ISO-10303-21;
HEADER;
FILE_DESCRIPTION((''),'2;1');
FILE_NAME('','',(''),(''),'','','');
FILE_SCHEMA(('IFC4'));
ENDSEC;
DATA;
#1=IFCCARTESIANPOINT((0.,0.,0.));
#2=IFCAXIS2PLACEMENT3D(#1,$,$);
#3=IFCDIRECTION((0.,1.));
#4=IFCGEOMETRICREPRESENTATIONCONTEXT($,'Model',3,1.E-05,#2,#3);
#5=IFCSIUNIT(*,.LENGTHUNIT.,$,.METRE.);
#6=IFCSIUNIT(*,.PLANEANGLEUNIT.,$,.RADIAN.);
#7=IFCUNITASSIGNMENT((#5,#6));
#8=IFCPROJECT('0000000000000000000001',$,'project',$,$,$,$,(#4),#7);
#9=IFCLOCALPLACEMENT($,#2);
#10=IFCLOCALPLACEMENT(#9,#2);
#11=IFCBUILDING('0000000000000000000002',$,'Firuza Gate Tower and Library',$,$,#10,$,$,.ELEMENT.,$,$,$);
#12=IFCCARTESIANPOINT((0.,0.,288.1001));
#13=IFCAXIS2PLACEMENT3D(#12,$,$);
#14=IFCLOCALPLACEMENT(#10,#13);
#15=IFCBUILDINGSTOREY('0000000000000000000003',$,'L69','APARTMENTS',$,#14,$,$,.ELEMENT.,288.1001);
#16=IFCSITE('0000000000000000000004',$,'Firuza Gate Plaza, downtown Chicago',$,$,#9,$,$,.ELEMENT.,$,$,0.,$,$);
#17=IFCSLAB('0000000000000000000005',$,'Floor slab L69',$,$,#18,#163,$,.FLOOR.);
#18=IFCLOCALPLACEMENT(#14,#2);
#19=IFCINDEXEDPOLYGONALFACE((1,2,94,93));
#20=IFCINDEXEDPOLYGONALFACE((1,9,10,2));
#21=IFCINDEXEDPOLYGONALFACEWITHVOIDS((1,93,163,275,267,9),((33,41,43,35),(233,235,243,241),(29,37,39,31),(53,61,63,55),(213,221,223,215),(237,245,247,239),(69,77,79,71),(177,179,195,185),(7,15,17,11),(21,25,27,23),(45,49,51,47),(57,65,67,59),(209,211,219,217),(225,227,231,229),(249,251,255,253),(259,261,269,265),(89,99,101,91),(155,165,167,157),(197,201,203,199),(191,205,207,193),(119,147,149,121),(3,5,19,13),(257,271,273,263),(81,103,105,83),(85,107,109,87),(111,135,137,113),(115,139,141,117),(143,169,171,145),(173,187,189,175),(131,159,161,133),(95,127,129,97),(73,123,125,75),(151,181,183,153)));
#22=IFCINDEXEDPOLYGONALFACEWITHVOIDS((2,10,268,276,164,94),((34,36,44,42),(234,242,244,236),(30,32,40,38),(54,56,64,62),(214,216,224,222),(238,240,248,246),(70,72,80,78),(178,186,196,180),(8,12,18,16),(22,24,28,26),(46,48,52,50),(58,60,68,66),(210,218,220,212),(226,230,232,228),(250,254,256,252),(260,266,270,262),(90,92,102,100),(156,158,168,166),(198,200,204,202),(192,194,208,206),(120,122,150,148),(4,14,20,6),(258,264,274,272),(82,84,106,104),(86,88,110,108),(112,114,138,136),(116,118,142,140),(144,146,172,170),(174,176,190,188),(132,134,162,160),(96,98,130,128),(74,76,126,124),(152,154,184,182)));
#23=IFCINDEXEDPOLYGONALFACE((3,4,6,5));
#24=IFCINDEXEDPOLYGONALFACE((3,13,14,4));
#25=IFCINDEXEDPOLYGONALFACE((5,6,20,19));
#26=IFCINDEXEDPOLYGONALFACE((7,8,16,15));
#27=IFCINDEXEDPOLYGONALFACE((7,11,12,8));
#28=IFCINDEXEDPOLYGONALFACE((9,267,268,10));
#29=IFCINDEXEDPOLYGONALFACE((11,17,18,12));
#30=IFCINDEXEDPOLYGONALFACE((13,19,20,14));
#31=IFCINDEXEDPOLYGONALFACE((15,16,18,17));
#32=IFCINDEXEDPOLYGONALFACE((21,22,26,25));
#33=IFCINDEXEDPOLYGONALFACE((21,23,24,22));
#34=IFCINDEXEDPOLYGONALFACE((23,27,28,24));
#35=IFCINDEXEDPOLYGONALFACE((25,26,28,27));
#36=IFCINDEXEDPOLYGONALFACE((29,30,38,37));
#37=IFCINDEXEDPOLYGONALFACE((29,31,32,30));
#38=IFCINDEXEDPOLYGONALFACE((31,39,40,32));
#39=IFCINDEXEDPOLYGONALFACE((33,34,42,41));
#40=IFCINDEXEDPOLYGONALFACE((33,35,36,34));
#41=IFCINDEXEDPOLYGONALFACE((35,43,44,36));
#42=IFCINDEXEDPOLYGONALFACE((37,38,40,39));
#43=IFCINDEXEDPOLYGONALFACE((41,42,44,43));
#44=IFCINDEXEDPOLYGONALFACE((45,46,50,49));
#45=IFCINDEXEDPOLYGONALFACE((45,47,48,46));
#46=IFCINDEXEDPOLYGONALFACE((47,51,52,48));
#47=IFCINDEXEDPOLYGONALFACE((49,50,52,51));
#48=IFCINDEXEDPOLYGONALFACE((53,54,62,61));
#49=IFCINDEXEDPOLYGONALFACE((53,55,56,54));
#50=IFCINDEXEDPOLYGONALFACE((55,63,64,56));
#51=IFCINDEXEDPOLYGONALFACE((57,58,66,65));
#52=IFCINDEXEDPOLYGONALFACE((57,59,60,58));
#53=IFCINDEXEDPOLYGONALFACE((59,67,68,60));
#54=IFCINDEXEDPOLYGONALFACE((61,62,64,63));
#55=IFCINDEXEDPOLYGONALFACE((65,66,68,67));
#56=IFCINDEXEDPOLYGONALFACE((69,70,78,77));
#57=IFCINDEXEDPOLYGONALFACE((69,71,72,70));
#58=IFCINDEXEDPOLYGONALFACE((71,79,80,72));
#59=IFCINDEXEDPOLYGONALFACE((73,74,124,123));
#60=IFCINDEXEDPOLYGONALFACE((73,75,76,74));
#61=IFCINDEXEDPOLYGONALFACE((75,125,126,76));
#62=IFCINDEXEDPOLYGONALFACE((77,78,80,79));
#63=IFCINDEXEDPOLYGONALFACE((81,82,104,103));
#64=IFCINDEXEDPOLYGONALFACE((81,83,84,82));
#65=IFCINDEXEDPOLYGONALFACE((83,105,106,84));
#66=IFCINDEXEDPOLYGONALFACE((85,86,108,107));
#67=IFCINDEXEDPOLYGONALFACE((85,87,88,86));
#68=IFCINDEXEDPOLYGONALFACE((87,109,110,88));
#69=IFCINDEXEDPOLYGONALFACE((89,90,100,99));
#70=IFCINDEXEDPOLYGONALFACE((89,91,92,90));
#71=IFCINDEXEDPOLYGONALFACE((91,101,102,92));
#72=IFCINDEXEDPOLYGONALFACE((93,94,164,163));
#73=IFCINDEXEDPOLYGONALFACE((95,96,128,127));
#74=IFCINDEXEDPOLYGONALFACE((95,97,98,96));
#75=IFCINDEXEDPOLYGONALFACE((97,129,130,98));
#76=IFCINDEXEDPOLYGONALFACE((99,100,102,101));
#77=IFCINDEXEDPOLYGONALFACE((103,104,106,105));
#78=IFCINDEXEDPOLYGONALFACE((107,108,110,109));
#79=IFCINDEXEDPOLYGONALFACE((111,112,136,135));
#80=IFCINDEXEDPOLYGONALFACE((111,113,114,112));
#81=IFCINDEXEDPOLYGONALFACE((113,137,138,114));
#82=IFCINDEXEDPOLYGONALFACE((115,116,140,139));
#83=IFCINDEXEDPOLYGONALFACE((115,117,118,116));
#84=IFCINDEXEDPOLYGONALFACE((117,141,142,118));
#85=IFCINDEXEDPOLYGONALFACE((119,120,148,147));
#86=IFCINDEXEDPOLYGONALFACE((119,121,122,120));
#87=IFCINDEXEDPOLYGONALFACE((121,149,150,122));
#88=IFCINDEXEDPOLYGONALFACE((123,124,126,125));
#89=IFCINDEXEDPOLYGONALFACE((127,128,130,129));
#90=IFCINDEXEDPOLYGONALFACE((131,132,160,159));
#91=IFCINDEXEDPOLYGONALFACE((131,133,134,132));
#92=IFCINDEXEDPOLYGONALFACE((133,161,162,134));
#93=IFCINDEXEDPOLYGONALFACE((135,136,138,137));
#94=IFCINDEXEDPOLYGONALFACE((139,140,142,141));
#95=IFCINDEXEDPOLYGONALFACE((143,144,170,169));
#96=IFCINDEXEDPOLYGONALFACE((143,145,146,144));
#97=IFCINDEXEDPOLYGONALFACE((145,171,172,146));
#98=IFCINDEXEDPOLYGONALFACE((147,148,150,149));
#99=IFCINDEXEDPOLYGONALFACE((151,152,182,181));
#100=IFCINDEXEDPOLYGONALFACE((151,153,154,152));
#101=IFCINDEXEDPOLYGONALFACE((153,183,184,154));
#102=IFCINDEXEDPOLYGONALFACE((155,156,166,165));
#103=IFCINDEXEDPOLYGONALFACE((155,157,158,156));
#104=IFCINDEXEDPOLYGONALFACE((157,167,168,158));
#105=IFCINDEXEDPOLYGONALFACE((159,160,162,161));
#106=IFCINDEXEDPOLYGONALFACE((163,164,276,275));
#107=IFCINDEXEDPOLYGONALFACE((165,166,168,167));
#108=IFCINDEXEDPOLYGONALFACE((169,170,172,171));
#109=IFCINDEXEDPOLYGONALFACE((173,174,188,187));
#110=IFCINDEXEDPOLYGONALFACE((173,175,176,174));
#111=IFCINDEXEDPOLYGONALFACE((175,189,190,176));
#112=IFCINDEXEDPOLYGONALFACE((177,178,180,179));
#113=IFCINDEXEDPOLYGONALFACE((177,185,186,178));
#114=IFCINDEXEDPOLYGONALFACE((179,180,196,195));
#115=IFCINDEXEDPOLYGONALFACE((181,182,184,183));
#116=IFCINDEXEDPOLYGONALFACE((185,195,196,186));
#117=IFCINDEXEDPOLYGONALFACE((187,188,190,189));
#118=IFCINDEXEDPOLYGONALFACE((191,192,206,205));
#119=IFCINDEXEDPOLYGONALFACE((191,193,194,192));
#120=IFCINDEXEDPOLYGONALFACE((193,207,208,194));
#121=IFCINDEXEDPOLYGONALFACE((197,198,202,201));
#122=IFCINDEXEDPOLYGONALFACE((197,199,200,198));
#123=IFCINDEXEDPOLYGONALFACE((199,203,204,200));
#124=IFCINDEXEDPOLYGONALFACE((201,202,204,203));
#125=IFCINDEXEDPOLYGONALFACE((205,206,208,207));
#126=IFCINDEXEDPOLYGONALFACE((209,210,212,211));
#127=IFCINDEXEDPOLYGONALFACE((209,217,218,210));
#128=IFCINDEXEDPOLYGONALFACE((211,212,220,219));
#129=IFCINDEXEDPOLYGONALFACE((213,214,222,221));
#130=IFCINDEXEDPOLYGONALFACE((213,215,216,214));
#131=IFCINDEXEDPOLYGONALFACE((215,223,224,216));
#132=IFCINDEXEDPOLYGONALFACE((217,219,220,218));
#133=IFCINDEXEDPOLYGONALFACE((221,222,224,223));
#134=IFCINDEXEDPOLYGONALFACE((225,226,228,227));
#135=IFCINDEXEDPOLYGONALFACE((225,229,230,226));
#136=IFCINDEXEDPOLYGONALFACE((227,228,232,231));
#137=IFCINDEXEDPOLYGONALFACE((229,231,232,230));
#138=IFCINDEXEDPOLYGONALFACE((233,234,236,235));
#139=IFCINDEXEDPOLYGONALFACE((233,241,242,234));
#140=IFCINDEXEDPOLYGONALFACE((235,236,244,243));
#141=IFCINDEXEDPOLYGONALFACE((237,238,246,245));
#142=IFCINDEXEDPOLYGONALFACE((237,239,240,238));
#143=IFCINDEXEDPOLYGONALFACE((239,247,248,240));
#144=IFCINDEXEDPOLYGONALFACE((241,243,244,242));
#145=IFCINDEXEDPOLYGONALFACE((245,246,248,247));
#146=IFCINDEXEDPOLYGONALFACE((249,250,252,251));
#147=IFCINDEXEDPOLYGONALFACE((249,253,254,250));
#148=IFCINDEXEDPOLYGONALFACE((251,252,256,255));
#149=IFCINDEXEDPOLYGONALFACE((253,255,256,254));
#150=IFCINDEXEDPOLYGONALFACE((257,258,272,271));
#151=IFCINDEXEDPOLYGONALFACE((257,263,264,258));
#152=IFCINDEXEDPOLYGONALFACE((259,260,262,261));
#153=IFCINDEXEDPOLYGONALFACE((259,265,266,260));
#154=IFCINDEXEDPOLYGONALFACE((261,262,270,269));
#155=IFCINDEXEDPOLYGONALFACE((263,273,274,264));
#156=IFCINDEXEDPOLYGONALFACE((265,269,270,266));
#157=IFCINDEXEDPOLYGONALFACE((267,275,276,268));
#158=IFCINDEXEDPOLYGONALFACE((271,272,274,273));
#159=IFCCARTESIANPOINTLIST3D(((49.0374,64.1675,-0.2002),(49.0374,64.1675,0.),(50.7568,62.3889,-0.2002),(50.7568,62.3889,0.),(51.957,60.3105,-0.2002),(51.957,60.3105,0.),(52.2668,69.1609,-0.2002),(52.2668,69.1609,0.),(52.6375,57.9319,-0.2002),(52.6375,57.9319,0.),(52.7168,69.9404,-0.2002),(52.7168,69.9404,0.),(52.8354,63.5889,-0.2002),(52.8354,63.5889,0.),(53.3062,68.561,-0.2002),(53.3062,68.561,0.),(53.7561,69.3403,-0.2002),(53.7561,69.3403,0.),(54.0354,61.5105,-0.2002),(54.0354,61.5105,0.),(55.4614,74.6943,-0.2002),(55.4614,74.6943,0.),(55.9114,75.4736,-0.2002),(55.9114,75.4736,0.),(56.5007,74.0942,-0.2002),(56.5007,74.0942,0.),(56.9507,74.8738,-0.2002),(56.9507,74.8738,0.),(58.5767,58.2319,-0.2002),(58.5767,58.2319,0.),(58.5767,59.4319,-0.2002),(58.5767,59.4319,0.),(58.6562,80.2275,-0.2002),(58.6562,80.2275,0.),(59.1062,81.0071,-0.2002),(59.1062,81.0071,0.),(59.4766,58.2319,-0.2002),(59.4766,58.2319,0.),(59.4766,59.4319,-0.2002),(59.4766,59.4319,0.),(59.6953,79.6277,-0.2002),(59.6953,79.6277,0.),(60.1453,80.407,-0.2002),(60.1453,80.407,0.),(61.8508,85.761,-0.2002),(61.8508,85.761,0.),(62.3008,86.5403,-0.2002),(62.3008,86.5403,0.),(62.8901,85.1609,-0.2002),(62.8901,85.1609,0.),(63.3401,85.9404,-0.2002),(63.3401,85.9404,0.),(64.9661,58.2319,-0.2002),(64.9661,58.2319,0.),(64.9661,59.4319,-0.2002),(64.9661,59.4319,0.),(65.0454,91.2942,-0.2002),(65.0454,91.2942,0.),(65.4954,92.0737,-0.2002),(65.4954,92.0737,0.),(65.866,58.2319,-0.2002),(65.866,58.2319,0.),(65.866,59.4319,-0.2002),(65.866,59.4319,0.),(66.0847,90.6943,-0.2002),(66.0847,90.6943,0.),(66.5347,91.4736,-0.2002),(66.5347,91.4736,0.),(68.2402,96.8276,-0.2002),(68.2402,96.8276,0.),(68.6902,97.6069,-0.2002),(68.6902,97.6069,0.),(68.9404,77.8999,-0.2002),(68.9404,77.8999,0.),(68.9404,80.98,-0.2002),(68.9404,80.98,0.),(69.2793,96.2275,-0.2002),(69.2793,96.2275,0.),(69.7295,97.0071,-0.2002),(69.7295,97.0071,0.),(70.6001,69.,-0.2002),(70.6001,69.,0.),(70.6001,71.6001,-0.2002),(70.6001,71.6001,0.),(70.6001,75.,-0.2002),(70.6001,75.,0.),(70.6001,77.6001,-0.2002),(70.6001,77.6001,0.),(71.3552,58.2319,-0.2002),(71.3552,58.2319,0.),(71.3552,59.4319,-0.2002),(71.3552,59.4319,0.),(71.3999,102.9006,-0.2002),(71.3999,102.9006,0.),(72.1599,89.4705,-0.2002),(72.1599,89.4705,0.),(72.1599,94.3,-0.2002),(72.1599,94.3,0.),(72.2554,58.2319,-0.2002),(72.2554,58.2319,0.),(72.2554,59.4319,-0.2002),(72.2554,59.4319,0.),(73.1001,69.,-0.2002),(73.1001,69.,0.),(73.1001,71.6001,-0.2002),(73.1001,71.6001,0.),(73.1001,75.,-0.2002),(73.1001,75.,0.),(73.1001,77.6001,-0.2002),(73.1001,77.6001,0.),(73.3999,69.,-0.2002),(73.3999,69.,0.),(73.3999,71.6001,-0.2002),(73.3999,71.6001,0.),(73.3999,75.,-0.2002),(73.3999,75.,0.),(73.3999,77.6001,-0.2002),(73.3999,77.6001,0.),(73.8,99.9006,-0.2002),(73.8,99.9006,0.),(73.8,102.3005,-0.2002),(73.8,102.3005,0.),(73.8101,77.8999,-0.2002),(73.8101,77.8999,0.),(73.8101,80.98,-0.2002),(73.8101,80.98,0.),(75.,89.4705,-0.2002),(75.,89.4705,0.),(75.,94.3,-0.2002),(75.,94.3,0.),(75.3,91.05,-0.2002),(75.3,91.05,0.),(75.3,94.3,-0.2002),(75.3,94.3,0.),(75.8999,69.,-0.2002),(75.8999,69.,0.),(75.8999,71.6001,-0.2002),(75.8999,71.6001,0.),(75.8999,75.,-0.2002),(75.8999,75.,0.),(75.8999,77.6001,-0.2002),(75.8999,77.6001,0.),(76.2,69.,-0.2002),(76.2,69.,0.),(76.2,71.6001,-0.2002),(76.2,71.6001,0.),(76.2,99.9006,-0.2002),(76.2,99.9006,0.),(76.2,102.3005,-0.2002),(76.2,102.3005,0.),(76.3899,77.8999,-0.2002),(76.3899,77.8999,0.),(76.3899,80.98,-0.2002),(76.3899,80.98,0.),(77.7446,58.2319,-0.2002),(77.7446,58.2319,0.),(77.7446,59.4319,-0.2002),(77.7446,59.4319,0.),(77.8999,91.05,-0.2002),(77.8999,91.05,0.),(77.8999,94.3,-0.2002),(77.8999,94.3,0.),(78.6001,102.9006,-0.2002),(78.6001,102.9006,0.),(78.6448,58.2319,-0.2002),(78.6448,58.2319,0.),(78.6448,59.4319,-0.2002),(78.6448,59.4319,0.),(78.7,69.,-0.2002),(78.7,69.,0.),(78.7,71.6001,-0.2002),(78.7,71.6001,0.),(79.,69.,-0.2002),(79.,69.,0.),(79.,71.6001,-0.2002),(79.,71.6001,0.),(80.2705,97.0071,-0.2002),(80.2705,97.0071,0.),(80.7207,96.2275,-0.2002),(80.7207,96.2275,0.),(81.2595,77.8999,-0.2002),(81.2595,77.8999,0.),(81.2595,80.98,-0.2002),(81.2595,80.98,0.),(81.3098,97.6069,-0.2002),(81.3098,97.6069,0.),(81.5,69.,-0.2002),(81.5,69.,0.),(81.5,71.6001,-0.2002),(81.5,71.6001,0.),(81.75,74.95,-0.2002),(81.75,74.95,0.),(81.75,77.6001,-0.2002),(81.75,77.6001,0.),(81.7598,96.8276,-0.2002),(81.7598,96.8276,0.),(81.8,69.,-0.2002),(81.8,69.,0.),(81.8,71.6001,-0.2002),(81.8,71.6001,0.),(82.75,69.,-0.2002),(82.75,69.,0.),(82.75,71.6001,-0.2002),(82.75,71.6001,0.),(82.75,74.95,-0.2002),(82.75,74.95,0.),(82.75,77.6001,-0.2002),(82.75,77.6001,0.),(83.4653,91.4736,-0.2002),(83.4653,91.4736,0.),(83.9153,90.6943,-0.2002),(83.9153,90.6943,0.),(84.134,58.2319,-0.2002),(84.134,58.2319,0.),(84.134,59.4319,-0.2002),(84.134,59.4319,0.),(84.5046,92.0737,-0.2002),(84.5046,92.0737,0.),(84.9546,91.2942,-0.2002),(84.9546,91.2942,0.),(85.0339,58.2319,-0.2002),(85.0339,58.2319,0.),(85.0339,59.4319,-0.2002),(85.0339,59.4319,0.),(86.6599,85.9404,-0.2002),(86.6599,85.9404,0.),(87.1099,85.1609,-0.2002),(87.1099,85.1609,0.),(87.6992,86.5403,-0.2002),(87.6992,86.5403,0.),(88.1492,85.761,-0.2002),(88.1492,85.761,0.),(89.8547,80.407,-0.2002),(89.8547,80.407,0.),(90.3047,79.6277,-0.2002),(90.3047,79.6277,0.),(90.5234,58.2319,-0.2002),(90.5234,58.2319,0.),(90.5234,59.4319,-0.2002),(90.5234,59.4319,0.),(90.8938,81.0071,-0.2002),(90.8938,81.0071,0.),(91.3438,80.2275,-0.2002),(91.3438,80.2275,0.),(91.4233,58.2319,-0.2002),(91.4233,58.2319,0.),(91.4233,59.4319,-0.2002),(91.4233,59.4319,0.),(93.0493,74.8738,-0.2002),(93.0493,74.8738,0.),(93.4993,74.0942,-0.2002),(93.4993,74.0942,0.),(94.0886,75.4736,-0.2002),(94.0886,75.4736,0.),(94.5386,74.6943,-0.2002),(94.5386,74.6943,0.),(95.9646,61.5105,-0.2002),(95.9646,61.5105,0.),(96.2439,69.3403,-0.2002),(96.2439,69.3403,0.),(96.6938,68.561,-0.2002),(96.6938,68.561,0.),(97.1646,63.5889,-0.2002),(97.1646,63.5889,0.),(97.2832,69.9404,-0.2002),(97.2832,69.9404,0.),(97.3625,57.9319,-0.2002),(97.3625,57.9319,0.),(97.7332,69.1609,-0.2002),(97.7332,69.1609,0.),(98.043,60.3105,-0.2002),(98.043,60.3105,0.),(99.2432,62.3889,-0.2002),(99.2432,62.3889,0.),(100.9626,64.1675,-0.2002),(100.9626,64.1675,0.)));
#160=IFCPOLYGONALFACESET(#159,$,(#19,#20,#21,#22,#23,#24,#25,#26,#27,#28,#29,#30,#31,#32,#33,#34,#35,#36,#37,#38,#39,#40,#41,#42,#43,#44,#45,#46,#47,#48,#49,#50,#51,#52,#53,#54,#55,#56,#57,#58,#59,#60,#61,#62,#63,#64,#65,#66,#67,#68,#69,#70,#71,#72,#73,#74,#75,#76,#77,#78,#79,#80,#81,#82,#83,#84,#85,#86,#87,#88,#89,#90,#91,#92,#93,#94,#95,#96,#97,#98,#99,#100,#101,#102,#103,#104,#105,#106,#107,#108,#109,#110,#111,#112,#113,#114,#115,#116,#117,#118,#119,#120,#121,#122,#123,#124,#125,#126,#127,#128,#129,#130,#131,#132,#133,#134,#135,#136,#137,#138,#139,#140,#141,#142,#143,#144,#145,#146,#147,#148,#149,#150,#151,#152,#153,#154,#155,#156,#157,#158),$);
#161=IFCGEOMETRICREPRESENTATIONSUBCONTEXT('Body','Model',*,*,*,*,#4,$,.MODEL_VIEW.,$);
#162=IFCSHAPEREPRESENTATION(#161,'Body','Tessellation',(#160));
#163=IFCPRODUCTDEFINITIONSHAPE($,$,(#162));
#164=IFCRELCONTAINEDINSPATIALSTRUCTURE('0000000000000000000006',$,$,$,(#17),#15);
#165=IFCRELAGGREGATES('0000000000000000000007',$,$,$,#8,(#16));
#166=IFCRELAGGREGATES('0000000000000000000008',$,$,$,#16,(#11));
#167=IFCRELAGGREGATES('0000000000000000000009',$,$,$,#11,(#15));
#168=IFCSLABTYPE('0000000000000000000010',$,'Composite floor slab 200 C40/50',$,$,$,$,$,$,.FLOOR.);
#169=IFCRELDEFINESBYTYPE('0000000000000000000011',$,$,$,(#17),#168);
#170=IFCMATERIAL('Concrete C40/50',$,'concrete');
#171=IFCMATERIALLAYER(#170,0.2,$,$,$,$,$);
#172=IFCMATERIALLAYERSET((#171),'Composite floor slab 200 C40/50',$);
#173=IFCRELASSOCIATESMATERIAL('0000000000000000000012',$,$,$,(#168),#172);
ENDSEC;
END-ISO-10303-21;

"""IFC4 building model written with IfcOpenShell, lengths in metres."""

from ifc_helpers import new_model, si_unit, direction, frame, origin, place, context, subcontext, project, spatial, polyline, outline, extrude, material, layer, layer_set, type_object, element, save


model = new_model("IFC4")

# Units and contexts
model_context = context("Model", 3, precision=1e-05, world=origin(), true_north=direction((0.0, 1.0)))
body_context = subcontext(model_context, "Body", "Model", "MODEL_VIEW")
ifc_project = project(units=[si_unit("LENGTHUNIT", "METRE"), si_unit("PLANEANGLEUNIT", "RADIAN")], contexts=[model_context])

# Site, building, storey
site_placement = place(None, origin())
site = spatial("IfcSite", under=ifc_project, at=site_placement, Name="Firuza Gate Plaza, downtown Chicago", CompositionType="ELEMENT", RefElevation=0.0)
building_placement = place(site_placement, origin())
building = spatial("IfcBuilding", under=site, at=building_placement, Name="Firuza Gate Tower and Library", CompositionType="ELEMENT")
storey_placement = place(building_placement, frame((0.0, 0.0, 288.1001)))
storey = spatial("IfcBuildingStorey", under=building, at=storey_placement, Name="L69", Description="APARTMENTS", CompositionType="ELEMENT", Elevation=288.1001)

# Slab
ifc_material_1 = material(Name="Concrete C40/50", Category="concrete")
ifc_layer_1 = layer(ifc_material_1, 0.2)
ifc_layer_set_1 = layer_set([ifc_layer_1], Name="Composite floor slab 200 C40/50")
slab_type_1 = type_object("IfcSlabType", Name="Composite floor slab 200 C40/50", PredefinedType="FLOOR", material=ifc_layer_set_1)
slab_1_placement = place(storey_placement, frame((0.0, 0.0, -0.2002)))
element("IfcSlab", 1, at=slab_1_placement, inside=storey, type_object=slab_type_1, Name="Floor slab L69", PredefinedType="FLOOR", context=body_context, shape_type="SweptSolid", body=[
    extrude(outline(polyline([(49.0374, 64.1675), (52.6375, 57.9319), (97.3625, 57.9319), (100.9626, 64.1675), (78.6001, 102.9006), (71.3999, 102.9006), (49.0374, 64.1675)]), holes=[polyline([(58.5767, 58.2319), (58.5767, 59.4319), (59.4766, 59.4319), (59.4766, 58.2319), (58.5767, 58.2319)]), polyline([(64.9661, 58.2319), (64.9661, 59.4319), (65.866, 59.4319), (65.866, 58.2319), (64.9661, 58.2319)]), polyline([(71.3552, 58.2319), (71.3552, 59.4319), (72.2554, 59.4319), (72.2554, 58.2319), (71.3552, 58.2319)]), polyline([(50.7568, 62.3889), (52.8354, 63.5889), (54.0354, 61.5105), (51.957, 60.3105), (50.7568, 62.3889)]), polyline([(52.7168, 69.9404), (53.7561, 69.3403), (53.3062, 68.561), (52.2668, 69.1609), (52.7168, 69.9404)]), polyline([(73.1001, 69.0), (70.6001, 69.0), (70.6001, 71.6001), (73.1001, 71.6001), (73.1001, 69.0)]), polyline([(75.8999, 69.0), (73.3999, 69.0), (73.3999, 71.6001), (75.8999, 71.6001), (75.8999, 69.0)]), polyline([(55.9114, 75.4736), (56.9507, 74.8738), (56.5007, 74.0942), (55.4614, 74.6943), (55.9114, 75.4736)]), polyline([(73.1001, 75.0), (70.6001, 75.0), (70.6001, 77.6001), (73.1001, 77.6001), (73.1001, 75.0)]), polyline([(75.8999, 75.0), (73.3999, 75.0), (73.3999, 77.6001), (75.8999, 77.6001), (75.8999, 75.0)]), polyline([(68.9404, 77.8999), (68.9404, 80.98), (73.8101, 80.98), (73.8101, 77.8999), (68.9404, 77.8999)]), polyline([(59.1062, 81.0071), (60.1453, 80.407), (59.6953, 79.6277), (58.6562, 80.2275), (59.1062, 81.0071)]), polyline([(62.3008, 86.5403), (63.3401, 85.9404), (62.8901, 85.1609), (61.8508, 85.761), (62.3008, 86.5403)]), polyline([(65.4954, 92.0737), (66.5347, 91.4736), (66.0847, 90.6943), (65.0454, 91.2942), (65.4954, 92.0737)]), polyline([(72.1599, 89.4705), (72.1599, 94.3), (75.0, 94.3), (75.0, 89.4705), (72.1599, 89.4705)]), polyline([(68.6902, 97.6069), (69.7295, 97.0071), (69.2793, 96.2275), (68.2402, 96.8276), (68.6902, 97.6069)]), polyline([(76.2, 102.3005), (76.2, 99.9006), (73.8, 99.9006), (73.8, 102.3005), (76.2, 102.3005)]), polyline([(77.7446, 58.2319), (77.7446, 59.4319), (78.6448, 59.4319), (78.6448, 58.2319), (77.7446, 58.2319)]), polyline([(84.134, 58.2319), (84.134, 59.4319), (85.0339, 59.4319), (85.0339, 58.2319), (84.134, 58.2319)]), polyline([(90.5234, 58.2319), (90.5234, 59.4319), (91.4233, 59.4319), (91.4233, 58.2319), (90.5234, 58.2319)]), polyline([(98.043, 60.3105), (95.9646, 61.5105), (97.1646, 63.5889), (99.2432, 62.3889), (98.043, 60.3105)]), polyline([(97.7332, 69.1609), (96.6938, 68.561), (96.2439, 69.3403), (97.2832, 69.9404), (97.7332, 69.1609)]), polyline([(78.7, 69.0), (76.2, 69.0), (76.2, 71.6001), (78.7, 71.6001), (78.7, 69.0)]), polyline([(81.5, 69.0), (79.0, 69.0), (79.0, 71.6001), (81.5, 71.6001), (81.5, 69.0)]), polyline([(82.75, 69.0), (81.8, 69.0), (81.8, 71.6001), (82.75, 71.6001), (82.75, 69.0)]), polyline([(94.5386, 74.6943), (93.4993, 74.0942), (93.0493, 74.8738), (94.0886, 75.4736), (94.5386, 74.6943)]), polyline([(82.75, 74.95), (81.75, 74.95), (81.75, 77.6001), (82.75, 77.6001), (82.75, 74.95)]), polyline([(81.2595, 80.98), (81.2595, 77.8999), (76.3899, 77.8999), (76.3899, 80.98), (81.2595, 80.98)]), polyline([(91.3438, 80.2275), (90.3047, 79.6277), (89.8547, 80.407), (90.8938, 81.0071), (91.3438, 80.2275)]), polyline([(88.1492, 85.761), (87.1099, 85.1609), (86.6599, 85.9404), (87.6992, 86.5403), (88.1492, 85.761)]), polyline([(84.9546, 91.2942), (83.9153, 90.6943), (83.4653, 91.4736), (84.5046, 92.0737), (84.9546, 91.2942)]), polyline([(75.3, 91.05), (75.3, 94.3), (77.8999, 94.3), (77.8999, 91.05), (75.3, 91.05)]), polyline([(80.7207, 96.2275), (80.2705, 97.0071), (81.3098, 97.6069), (81.7598, 96.8276), (80.7207, 96.2275)])]), origin(), (0.0, 0.0, 1.0), 0.2002),
])

save(model, "model.ifc")
